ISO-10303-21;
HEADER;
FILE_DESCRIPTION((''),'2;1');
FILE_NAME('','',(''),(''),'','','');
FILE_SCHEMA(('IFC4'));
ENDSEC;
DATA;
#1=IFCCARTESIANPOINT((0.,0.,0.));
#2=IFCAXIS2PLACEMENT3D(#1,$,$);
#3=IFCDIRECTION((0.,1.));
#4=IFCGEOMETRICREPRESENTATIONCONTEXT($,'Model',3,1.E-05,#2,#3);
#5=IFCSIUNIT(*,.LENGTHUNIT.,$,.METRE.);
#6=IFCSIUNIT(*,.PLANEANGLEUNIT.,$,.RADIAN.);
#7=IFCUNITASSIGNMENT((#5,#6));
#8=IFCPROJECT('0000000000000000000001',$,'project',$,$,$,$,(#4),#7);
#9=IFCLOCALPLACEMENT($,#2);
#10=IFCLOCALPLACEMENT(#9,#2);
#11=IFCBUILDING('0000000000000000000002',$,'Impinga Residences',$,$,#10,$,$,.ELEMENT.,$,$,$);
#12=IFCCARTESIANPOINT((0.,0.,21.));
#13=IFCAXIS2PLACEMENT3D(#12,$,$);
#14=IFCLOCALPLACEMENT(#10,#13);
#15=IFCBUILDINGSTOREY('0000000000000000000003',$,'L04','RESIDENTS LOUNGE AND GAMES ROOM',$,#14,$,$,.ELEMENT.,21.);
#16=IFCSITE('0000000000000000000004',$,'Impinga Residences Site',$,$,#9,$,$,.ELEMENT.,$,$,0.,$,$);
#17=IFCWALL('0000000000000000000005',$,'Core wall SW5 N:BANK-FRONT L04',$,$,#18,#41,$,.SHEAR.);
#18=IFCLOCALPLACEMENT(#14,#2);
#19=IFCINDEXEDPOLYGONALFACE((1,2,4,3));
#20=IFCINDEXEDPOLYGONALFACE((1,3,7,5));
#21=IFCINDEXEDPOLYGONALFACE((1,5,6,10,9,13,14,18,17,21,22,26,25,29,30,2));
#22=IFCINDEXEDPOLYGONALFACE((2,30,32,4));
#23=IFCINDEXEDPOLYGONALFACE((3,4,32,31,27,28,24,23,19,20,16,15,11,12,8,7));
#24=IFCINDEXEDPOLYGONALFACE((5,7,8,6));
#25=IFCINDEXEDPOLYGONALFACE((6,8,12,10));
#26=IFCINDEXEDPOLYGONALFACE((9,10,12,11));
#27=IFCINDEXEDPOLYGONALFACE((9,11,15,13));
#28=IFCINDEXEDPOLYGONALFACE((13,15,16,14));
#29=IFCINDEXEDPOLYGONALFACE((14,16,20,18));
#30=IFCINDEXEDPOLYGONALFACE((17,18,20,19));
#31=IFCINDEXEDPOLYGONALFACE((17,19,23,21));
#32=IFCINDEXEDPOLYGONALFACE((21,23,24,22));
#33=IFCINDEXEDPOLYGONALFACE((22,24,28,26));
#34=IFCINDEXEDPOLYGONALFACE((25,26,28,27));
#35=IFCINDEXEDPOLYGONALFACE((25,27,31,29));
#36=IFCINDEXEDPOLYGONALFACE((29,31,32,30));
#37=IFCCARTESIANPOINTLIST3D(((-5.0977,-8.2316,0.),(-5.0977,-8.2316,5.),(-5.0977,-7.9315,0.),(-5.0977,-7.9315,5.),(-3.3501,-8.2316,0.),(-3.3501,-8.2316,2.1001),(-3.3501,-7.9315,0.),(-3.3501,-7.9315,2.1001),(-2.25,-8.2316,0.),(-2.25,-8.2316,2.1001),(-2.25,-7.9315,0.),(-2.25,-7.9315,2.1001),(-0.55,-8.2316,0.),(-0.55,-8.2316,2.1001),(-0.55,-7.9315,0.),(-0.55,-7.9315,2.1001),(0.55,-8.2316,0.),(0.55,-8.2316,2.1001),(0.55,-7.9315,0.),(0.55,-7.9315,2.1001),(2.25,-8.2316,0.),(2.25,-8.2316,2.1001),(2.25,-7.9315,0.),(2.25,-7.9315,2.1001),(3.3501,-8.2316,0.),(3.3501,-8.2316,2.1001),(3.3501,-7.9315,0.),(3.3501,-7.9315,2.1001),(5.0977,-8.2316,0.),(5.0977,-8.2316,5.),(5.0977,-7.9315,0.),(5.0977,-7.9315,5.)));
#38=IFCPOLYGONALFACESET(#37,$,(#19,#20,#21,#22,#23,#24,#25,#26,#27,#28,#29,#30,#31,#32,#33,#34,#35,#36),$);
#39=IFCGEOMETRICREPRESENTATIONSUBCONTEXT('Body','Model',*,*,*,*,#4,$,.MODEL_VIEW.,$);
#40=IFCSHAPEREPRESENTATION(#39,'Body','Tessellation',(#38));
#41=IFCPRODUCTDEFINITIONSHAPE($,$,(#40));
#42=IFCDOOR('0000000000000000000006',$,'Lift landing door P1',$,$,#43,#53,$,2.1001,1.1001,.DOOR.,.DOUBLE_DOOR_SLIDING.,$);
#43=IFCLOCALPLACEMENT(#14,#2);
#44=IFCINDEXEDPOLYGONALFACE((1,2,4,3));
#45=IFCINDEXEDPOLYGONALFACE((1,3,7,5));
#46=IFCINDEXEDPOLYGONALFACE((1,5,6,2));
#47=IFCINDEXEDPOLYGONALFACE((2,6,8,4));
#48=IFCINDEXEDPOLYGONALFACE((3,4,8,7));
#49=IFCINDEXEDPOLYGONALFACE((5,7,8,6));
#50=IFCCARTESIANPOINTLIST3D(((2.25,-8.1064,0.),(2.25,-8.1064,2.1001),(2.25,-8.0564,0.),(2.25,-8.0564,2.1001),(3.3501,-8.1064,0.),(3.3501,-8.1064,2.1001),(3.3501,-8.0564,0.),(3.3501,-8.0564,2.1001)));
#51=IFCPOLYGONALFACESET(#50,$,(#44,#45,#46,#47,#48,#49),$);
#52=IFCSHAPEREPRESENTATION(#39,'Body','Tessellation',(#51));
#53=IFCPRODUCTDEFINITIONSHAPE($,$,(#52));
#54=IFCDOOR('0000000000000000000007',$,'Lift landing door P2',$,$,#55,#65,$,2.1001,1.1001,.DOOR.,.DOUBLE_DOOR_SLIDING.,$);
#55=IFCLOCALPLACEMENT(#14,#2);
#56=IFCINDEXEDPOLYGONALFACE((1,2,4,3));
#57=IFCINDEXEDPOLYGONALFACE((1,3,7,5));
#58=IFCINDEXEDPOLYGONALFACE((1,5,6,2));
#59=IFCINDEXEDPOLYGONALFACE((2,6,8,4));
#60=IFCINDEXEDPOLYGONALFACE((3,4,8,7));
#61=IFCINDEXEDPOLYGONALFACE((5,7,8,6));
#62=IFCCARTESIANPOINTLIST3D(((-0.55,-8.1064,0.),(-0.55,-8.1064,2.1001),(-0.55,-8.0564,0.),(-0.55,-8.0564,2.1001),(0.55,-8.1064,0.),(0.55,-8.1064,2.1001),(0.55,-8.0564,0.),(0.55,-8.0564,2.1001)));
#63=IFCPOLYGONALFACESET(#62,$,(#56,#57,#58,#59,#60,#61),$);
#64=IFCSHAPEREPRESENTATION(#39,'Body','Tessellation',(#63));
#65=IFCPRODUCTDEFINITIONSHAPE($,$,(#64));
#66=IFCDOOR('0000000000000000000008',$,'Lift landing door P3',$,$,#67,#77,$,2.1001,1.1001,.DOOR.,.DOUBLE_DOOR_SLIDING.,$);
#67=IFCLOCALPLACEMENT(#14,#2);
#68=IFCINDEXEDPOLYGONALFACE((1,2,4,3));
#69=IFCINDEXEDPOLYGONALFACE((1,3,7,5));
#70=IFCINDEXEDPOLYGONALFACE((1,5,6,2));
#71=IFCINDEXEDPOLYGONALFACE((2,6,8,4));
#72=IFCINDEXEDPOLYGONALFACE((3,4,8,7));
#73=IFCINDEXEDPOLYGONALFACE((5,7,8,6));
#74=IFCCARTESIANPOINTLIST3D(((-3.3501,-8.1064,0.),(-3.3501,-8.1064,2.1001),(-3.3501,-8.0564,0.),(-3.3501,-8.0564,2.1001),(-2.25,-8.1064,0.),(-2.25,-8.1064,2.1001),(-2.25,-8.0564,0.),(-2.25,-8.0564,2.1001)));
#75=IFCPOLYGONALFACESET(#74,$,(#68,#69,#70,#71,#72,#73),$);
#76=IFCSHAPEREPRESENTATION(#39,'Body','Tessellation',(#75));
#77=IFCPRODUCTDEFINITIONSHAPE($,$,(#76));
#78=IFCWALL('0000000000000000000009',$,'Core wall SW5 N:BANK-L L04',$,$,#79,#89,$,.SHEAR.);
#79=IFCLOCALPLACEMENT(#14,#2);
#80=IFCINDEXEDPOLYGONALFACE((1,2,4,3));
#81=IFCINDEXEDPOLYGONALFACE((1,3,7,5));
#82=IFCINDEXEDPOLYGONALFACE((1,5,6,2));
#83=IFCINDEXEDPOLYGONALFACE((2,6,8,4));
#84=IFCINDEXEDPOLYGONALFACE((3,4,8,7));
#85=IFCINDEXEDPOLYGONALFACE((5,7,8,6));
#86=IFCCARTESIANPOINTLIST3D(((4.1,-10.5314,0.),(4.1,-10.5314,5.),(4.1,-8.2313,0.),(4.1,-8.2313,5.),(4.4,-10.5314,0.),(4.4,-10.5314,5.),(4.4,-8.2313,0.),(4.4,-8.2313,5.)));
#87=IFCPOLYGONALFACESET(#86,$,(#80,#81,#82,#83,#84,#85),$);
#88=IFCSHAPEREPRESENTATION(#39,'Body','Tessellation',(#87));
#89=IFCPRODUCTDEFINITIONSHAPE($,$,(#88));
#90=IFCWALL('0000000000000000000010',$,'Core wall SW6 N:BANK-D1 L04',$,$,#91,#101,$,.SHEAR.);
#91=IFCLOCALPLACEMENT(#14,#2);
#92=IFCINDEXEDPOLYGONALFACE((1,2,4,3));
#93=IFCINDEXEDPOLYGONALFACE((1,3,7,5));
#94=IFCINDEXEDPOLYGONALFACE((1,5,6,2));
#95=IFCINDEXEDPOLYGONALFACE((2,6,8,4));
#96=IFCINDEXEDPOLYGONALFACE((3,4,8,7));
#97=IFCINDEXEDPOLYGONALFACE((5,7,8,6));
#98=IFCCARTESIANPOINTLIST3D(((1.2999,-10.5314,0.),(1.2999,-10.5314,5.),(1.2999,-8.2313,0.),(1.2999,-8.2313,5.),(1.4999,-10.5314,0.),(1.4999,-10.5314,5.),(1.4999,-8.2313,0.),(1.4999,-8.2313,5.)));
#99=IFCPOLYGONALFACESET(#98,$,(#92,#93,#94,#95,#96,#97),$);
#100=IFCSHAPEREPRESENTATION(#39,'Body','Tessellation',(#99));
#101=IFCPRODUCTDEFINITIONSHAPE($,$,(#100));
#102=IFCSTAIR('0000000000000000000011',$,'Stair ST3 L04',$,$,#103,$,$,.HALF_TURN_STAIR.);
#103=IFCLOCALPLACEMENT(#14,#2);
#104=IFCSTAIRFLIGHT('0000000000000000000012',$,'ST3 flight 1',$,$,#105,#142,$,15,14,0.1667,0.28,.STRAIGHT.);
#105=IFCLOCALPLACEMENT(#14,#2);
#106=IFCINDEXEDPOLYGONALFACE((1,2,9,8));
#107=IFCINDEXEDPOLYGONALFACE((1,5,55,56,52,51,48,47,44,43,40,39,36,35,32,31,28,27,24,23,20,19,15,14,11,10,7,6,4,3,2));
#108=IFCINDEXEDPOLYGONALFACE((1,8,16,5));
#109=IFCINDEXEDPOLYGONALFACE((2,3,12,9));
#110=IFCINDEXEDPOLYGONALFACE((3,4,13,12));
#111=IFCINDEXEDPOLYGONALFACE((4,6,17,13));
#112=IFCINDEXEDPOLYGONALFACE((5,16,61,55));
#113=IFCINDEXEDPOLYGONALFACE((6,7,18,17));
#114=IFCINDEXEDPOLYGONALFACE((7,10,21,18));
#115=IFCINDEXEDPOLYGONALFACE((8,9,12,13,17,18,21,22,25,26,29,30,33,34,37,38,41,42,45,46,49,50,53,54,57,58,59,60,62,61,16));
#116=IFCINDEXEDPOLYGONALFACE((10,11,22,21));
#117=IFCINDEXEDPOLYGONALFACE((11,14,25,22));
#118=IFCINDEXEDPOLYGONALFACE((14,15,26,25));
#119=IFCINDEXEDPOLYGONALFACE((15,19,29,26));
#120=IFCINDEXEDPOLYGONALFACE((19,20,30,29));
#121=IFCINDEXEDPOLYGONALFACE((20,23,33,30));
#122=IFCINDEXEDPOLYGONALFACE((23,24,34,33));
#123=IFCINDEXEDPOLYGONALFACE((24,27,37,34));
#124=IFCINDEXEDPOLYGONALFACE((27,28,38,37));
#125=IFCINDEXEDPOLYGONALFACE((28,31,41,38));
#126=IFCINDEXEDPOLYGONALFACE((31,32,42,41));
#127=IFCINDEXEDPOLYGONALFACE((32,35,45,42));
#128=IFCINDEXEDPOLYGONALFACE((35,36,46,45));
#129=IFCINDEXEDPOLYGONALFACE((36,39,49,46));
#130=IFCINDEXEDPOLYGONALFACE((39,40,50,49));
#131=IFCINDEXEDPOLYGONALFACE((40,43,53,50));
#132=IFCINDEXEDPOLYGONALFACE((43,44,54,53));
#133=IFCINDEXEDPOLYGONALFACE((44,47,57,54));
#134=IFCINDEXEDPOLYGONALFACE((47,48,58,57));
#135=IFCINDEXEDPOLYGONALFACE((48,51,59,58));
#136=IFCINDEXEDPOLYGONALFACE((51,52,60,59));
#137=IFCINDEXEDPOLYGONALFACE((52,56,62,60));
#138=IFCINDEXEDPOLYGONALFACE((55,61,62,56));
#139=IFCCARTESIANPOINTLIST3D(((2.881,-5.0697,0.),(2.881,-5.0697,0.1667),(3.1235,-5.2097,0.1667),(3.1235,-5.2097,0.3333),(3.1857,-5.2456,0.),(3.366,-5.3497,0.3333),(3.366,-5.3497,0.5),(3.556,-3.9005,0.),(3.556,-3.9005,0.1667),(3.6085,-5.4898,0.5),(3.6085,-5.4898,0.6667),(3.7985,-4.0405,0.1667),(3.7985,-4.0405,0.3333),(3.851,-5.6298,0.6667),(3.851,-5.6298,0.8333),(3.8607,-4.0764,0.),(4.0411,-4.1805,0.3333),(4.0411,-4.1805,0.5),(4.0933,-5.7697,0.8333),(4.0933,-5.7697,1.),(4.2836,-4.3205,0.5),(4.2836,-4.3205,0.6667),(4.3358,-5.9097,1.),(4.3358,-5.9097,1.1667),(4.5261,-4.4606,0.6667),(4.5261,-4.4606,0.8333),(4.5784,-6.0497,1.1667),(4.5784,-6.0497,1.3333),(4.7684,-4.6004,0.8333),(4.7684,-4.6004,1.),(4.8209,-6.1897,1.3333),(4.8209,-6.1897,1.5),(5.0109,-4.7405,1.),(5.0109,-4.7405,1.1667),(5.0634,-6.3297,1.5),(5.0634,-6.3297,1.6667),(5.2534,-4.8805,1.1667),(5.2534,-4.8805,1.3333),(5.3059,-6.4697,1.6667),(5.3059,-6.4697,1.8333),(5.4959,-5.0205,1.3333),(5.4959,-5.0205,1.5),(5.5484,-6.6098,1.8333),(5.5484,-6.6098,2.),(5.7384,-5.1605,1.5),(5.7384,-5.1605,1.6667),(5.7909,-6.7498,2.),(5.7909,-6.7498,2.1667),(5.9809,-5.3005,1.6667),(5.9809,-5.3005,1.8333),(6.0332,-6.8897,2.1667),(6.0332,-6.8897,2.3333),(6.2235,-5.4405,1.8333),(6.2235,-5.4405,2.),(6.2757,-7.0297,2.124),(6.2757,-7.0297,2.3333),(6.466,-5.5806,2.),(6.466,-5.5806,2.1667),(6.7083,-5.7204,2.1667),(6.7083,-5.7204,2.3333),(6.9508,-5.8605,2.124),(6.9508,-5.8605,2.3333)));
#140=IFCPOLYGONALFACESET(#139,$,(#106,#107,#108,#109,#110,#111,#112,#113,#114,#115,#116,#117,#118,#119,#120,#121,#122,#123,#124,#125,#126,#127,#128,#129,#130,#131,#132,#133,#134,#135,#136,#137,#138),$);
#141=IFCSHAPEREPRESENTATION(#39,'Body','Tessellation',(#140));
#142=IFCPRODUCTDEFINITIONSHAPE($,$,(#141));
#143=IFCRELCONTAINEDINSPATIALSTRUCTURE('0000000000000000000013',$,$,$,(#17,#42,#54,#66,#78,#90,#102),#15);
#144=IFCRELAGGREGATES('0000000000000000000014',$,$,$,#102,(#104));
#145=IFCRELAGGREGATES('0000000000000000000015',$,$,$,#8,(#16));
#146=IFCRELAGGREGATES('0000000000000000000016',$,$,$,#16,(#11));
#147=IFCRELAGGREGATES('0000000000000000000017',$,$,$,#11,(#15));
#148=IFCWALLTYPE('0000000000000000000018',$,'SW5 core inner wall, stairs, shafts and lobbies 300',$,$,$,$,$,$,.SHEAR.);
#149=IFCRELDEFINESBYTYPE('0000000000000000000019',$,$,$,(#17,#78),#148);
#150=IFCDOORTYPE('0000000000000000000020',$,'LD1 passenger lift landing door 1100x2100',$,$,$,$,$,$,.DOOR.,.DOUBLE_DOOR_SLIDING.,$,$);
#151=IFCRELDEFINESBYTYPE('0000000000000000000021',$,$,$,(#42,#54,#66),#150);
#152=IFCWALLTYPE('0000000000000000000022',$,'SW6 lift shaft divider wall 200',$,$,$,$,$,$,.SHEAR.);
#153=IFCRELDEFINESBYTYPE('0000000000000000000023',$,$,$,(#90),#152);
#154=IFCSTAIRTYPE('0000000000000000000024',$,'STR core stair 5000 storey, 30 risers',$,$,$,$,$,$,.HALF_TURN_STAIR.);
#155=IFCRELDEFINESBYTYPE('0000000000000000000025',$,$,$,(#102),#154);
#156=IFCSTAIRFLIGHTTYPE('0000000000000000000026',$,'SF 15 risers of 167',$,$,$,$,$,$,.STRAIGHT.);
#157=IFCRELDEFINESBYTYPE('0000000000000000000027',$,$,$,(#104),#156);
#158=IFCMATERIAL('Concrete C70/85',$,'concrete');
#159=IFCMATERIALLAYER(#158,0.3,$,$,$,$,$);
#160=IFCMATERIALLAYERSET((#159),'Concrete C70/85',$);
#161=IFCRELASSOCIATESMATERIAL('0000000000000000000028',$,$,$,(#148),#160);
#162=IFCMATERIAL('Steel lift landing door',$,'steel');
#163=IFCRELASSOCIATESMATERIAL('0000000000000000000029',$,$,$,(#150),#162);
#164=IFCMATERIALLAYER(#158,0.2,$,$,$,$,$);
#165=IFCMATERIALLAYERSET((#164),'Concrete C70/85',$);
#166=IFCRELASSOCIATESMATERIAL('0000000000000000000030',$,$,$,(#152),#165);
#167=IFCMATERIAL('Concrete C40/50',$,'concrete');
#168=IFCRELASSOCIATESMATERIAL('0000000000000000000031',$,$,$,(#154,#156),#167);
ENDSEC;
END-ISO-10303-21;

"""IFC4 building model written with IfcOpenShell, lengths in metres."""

from ifc_helpers import new_model, si_unit, direction, frame, frame_2d, origin, place, context, subcontext, project, spatial, polyline, rectangle, outline, extrude, material, layer, layer_set, type_object, element, fill, aggregate, save


model = new_model("IFC4")

# Units and contexts
model_context = context("Model", 3, precision=1e-05, world=origin(), true_north=direction((0.0, 1.0)))
body_context = subcontext(model_context, "Body", "Model", "MODEL_VIEW")
ifc_project = project(units=[si_unit("LENGTHUNIT", "METRE"), si_unit("PLANEANGLEUNIT", "RADIAN")], contexts=[model_context])

# Site, building, storey
site_placement = place(None, origin())
site = spatial("IfcSite", under=ifc_project, at=site_placement, Name="Impinga Residences Site", CompositionType="ELEMENT", RefElevation=0.0)
building_placement = place(site_placement, origin())
building = spatial("IfcBuilding", under=site, at=building_placement, Name="Impinga Residences", CompositionType="ELEMENT")
storey_placement = place(building_placement, frame((0.0, 0.0, 21.0)))
storey = spatial("IfcBuildingStorey", under=building, at=storey_placement, Name="L04", Description="RESIDENTS LOUNGE AND GAMES ROOM", CompositionType="ELEMENT", Elevation=21.0)

# Shared definitions
ifc_material_1 = material(Name="Concrete C70/85", Category="concrete")

# Shared definitions
ifc_layer_1 = layer(ifc_material_1, 0.3)
ifc_layer_set_1 = layer_set([ifc_layer_1], Name="Concrete C70/85")
wall_type_1 = type_object("IfcWallType", Name="SW5 core inner wall, stairs, shafts and lobbies 300", PredefinedType="SHEAR", material=ifc_layer_set_1)

# Shared definitions
ifc_material_2 = material(Name="Steel lift landing door", Category="steel")

# Wall, openings, doors
wall_1_placement = place(storey_placement, frame((5.0977, -8.0815, 0.0), z_axis=(0.0, 0.0, 1.0), x_axis=(-1.0, 0.0, 0.0)))
wall_1 = element("IfcWall", 1, at=wall_1_placement, inside=storey, type_object=wall_type_1, Name="Core wall SW5 N:BANK-FRONT L04", PredefinedType="SHEAR", context=body_context, shape_type="SweptSolid", body=[
    extrude(rectangle(XDim=10.1953, YDim=0.3, at=frame_2d((5.0977, 0.0))), origin(), (0.0, 0.0, 1.0), 5.0),
])
opening_1_placement = place(wall_1_placement, frame((1.7476, 0.0, 0.0)))
opening_1 = element("IfcOpeningElement", 2, at=opening_1_placement, cuts=wall_1, PredefinedType="OPENING", context=body_context, shape_type="SweptSolid", body=[
    extrude(rectangle(XDim=1.1001, YDim=2.1001, at=frame_2d((0.55, 1.05))), frame((0.0, 0.1599, 0.0), z_axis=(0.0, -1.0, 0.0), x_axis=(1.0, 0.0, 0.0)), (0.0, 0.0, 1.0), 0.3201),
])
opening_2_placement = place(wall_1_placement, frame((4.5476, 0.0, 0.0)))
opening_2 = element("IfcOpeningElement", 3, at=opening_2_placement, cuts=wall_1, PredefinedType="OPENING", context=body_context, shape_type="SweptSolid", body=[
    extrude(rectangle(XDim=1.1001, YDim=2.1001, at=frame_2d((0.55, 1.05))), frame((0.0, 0.1599, 0.0), z_axis=(0.0, -1.0, 0.0), x_axis=(1.0, 0.0, 0.0)), (0.0, 0.0, 1.0), 0.3201),
])
opening_3_placement = place(wall_1_placement, frame((7.3477, 0.0, 0.0)))
opening_3 = element("IfcOpeningElement", 4, at=opening_3_placement, cuts=wall_1, PredefinedType="OPENING", context=body_context, shape_type="SweptSolid", body=[
    extrude(rectangle(XDim=1.1001, YDim=2.1001, at=frame_2d((0.55, 1.05))), frame((0.0, 0.1599, 0.0), z_axis=(0.0, -1.0, 0.0), x_axis=(1.0, 0.0, 0.0)), (0.0, 0.0, 1.0), 0.3201),
])
door_type_1 = type_object("IfcDoorType", Name="LD1 passenger lift landing door 1100x2100", OperationType="DOUBLE_DOOR_SLIDING", PredefinedType="DOOR", material=ifc_material_2)
door_1_placement = place(opening_1_placement, origin())
door_1 = element("IfcDoor", 5, at=door_1_placement, inside=storey, type_object=door_type_1, Name="Lift landing door P1", OperationType="DOUBLE_DOOR_SLIDING", OverallHeight=2.1001, OverallWidth=1.1001, PredefinedType="DOOR", context=body_context, shape_type="SweptSolid", body=[
    extrude(rectangle(XDim=1.1001, YDim=2.1001, at=frame_2d((0.55, 1.05))), frame((0.0, 0.0249, 0.0), z_axis=(0.0, -1.0, 0.0), x_axis=(1.0, 0.0, 0.0)), (0.0, 0.0, 1.0), 0.05),
])
fill(opening_1, door_1)
door_2_placement = place(opening_2_placement, origin())
door_2 = element("IfcDoor", 6, at=door_2_placement, inside=storey, type_object=door_type_1, Name="Lift landing door P2", OperationType="DOUBLE_DOOR_SLIDING", OverallHeight=2.1001, OverallWidth=1.1001, PredefinedType="DOOR", context=body_context, shape_type="SweptSolid", body=[
    extrude(rectangle(XDim=1.1001, YDim=2.1001, at=frame_2d((0.55, 1.05))), frame((0.0, 0.0249, 0.0), z_axis=(0.0, -1.0, 0.0), x_axis=(1.0, 0.0, 0.0)), (0.0, 0.0, 1.0), 0.05),
])
fill(opening_2, door_2)
door_3_placement = place(opening_3_placement, origin())
door_3 = element("IfcDoor", 7, at=door_3_placement, inside=storey, type_object=door_type_1, Name="Lift landing door P3", OperationType="DOUBLE_DOOR_SLIDING", OverallHeight=2.1001, OverallWidth=1.1001, PredefinedType="DOOR", context=body_context, shape_type="SweptSolid", body=[
    extrude(rectangle(XDim=1.1001, YDim=2.1001, at=frame_2d((0.55, 1.05))), frame((0.0, 0.0249, 0.0), z_axis=(0.0, -1.0, 0.0), x_axis=(1.0, 0.0, 0.0)), (0.0, 0.0, 1.0), 0.05),
])
fill(opening_3, door_3)

# Walls
wall_2_placement = place(storey_placement, frame((4.25, -8.2314, 0.0), z_axis=(0.0, 0.0, 1.0), x_axis=(0.0, -1.0, 0.0)))
element("IfcWall", 8, at=wall_2_placement, inside=storey, type_object=wall_type_1, Name="Core wall SW5 N:BANK-L L04", PredefinedType="SHEAR", context=body_context, shape_type="SweptSolid", body=[
    extrude(rectangle(XDim=2.3, YDim=0.3, at=frame_2d((1.1499, 0.0))), origin(), (0.0, 0.0, 1.0), 5.0),
])
ifc_layer_2 = layer(ifc_material_1, 0.2)
ifc_layer_set_2 = layer_set([ifc_layer_2], Name="Concrete C70/85")
wall_type_2 = type_object("IfcWallType", Name="SW6 lift shaft divider wall 200", PredefinedType="SHEAR", material=ifc_layer_set_2)
wall_3_placement = place(storey_placement, frame((1.3999, -8.2314, 0.0), z_axis=(0.0, 0.0, 1.0), x_axis=(0.0, -1.0, 0.0)))
element("IfcWall", 9, at=wall_3_placement, inside=storey, type_object=wall_type_2, Name="Core wall SW6 N:BANK-D1 L04", PredefinedType="SHEAR", context=body_context, shape_type="SweptSolid", body=[
    extrude(rectangle(XDim=2.3, YDim=0.2, at=frame_2d((1.1499, 0.0))), origin(), (0.0, 0.0, 1.0), 5.0),
])

# Stair, stair flight
ifc_material_3 = material(Name="Concrete C40/50", Category="concrete")
stair_type = type_object("IfcStairType", Name="STR core stair 5000 storey, 30 risers", PredefinedType="HALF_TURN_STAIR", material=ifc_material_3)
stair_placement = place(storey_placement, origin())
stair = element("IfcStair", 10, at=stair_placement, inside=storey, type_object=stair_type, Name="Stair ST3 L04", PredefinedType="HALF_TURN_STAIR")
stair_flight_type = type_object("IfcStairFlightType", Name="SF 15 risers of 167", PredefinedType="STRAIGHT", material=ifc_material_3)
stair_flight_1_placement = place(storey_placement, frame((3.2185, -4.4851, 0.0), z_axis=(0.0, 0.0, 1.0), x_axis=(0.866025, -0.5, 0.0)))
stair_flight_1 = element("IfcStairFlight", 11, at=stair_flight_1_placement, type_object=stair_flight_type, Name="ST3 flight 1", NumberOfRisers=15, NumberOfTreads=14, PredefinedType="STRAIGHT", RiserHeight=0.1667, TreadLength=0.28, context=body_context, shape_type="SweptSolid", body=[
    extrude(outline(polyline([(0.0, 0.0), (0.0, 0.1667), (0.28, 0.1667), (0.28, 0.3333), (0.5601, 0.3333), (0.5601, 0.5), (0.8401, 0.5), (0.8401, 0.6667), (1.1201, 0.6667), (1.1201, 0.8333), (1.3999, 0.8333), (1.3999, 1.0), (1.6799, 1.0), (1.6799, 1.1667), (1.96, 1.1667), (1.96, 1.3333), (2.24, 1.3333), (2.24, 1.5), (2.52, 1.5), (2.52, 1.6667), (2.8, 1.6667), (2.8, 1.8333), (3.0801, 1.8333), (3.0801, 2.0), (3.3601, 2.0), (3.3601, 2.1667), (3.6399, 2.1667), (3.6399, 2.3333), (3.9199, 2.3333), (3.9199, 2.5), (3.9199, 2.124), (0.3518, 0.0), (0.0, 0.0)])), frame((0.0, 0.675, 0.0), z_axis=(0.0, -1.0, 0.0), x_axis=(1.0, 0.0, 0.0)), (0.0, 0.0, 1.0), 1.3501),
])
aggregate(stair, [stair_flight_1])

save(model, "model.ifc")
